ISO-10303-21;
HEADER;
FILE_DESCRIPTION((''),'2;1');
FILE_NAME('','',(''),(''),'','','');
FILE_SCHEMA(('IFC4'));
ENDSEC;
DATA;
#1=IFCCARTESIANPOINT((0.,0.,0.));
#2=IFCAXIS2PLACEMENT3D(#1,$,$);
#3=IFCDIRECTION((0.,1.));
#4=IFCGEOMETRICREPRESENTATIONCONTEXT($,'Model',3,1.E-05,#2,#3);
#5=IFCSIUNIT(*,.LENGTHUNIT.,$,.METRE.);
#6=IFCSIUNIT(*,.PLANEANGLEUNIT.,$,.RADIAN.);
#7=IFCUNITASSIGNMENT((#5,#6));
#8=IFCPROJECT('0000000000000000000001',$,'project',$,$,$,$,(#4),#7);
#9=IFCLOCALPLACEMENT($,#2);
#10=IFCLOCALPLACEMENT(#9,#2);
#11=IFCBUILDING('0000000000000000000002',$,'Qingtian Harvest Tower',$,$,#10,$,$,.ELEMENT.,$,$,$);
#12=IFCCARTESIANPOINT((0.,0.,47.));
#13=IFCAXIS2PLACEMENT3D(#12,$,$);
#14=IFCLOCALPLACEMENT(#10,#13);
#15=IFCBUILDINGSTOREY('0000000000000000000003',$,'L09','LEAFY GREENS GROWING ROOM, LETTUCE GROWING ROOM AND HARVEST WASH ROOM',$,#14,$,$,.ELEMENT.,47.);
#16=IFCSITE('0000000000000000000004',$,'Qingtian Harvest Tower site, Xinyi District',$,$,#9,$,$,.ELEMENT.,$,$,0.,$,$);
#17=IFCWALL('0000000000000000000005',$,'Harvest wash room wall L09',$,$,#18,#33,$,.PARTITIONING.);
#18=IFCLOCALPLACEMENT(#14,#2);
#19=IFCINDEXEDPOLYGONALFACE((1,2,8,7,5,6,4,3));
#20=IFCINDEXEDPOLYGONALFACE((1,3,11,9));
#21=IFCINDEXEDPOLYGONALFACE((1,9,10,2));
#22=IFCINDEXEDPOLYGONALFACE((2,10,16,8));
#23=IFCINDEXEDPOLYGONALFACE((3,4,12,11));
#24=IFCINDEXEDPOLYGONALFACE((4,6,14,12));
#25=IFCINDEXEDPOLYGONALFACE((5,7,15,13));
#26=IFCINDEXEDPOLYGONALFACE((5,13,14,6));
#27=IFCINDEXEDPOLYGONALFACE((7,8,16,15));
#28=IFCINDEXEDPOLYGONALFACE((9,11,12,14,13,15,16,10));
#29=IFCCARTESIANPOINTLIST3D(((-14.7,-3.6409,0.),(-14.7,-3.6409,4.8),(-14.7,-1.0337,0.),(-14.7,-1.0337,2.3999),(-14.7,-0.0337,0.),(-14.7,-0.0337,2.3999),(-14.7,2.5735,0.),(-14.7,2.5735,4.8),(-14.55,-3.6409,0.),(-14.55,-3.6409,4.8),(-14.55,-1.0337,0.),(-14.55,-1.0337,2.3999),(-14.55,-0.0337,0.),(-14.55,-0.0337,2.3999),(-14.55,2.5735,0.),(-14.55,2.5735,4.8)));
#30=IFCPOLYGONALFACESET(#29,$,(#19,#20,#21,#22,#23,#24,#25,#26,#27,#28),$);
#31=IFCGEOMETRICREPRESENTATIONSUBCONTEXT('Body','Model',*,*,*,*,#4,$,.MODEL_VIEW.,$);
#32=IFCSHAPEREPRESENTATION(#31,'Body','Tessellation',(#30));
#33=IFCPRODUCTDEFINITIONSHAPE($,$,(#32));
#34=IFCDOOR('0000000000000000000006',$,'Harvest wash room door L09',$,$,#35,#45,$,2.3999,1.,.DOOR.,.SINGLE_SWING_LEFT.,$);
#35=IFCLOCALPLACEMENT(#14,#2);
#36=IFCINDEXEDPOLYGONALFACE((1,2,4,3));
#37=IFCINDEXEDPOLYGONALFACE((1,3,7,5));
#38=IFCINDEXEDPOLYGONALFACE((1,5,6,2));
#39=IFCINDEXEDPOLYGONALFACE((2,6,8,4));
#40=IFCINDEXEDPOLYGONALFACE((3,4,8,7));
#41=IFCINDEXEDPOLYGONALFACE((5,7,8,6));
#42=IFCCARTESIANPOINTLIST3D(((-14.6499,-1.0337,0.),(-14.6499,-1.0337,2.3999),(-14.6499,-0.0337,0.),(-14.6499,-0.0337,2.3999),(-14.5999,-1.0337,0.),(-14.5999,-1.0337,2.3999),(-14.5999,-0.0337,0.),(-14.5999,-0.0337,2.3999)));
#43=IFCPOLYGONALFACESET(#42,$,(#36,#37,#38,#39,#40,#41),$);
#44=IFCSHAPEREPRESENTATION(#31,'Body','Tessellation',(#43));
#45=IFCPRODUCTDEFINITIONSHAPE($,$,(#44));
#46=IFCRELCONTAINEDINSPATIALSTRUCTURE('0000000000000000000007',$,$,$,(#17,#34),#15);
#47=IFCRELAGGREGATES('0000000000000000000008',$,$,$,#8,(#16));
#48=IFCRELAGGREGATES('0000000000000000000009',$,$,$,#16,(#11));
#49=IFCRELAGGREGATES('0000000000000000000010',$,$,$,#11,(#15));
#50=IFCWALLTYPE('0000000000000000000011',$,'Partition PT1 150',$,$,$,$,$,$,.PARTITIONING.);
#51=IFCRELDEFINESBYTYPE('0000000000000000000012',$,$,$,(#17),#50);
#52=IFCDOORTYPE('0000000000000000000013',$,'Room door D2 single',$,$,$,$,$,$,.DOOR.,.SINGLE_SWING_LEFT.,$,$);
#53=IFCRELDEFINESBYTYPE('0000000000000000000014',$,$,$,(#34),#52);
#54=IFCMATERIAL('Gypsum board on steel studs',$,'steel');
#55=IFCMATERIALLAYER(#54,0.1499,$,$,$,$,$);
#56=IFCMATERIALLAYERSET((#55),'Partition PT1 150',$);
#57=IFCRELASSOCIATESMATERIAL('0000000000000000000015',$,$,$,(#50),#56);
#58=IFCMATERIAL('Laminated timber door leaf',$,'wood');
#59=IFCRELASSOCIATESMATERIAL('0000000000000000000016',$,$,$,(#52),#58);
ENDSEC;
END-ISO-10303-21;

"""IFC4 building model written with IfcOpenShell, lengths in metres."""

from ifc_helpers import new_model, si_unit, direction, frame, frame_2d, origin, place, context, subcontext, project, spatial, rectangle, extrude, material, layer, layer_set, type_object, element, fill, save


model = new_model("IFC4")

# Units and contexts
model_context = context("Model", 3, precision=1e-05, world=origin(), true_north=direction((0.0, 1.0)))
body_context = subcontext(model_context, "Body", "Model", "MODEL_VIEW")
ifc_project = project(units=[si_unit("LENGTHUNIT", "METRE"), si_unit("PLANEANGLEUNIT", "RADIAN")], contexts=[model_context])

# Site, building, storey
site_placement = place(None, origin())
site = spatial("IfcSite", under=ifc_project, at=site_placement, Name="Qingtian Harvest Tower site, Xinyi District", CompositionType="ELEMENT", RefElevation=0.0)
building_placement = place(site_placement, origin())
building = spatial("IfcBuilding", under=site, at=building_placement, Name="Qingtian Harvest Tower", CompositionType="ELEMENT")
storey_placement = place(building_placement, frame((0.0, 0.0, 47.0)))
storey = spatial("IfcBuildingStorey", under=building, at=storey_placement, Name="L09", Description="LEAFY GREENS GROWING ROOM, LETTUCE GROWING ROOM AND HARVEST WASH ROOM", CompositionType="ELEMENT", Elevation=47.0)

# Wall, opening, door
ifc_material_1 = material(Name="Gypsum board on steel studs", Category="steel")
ifc_layer_1 = layer(ifc_material_1, 0.1499)
ifc_layer_set_1 = layer_set([ifc_layer_1], Name="Partition PT1 150")
wall_type_1 = type_object("IfcWallType", Name="Partition PT1 150", PredefinedType="PARTITIONING", material=ifc_layer_set_1)
wall_1_placement = place(storey_placement, frame((-14.625, -3.6409, 0.0), z_axis=(0.0, 0.0, 1.0), x_axis=(0.0, 1.0, 0.0)))
wall_1 = element("IfcWall", 1, at=wall_1_placement, inside=storey, type_object=wall_type_1, Name="Harvest wash room wall L09", PredefinedType="PARTITIONING", context=body_context, shape_type="SweptSolid", body=[
    extrude(rectangle(XDim=6.2144, YDim=0.1499, at=frame_2d((3.1072, 0.0))), origin(), (0.0, 0.0, 1.0), 4.8),
])
opening_1_placement = place(wall_1_placement, frame((2.6072, 0.0, 0.0)))
opening_1 = element("IfcOpeningElement", 2, at=opening_1_placement, cuts=wall_1, PredefinedType="OPENING", context=body_context, shape_type="SweptSolid", body=[
    extrude(rectangle(XDim=1.0, YDim=2.3999, at=frame_2d((0.5, 1.2))), frame((0.0, 0.085, 0.0), z_axis=(0.0, -1.0, 0.0), x_axis=(1.0, 0.0, 0.0)), (0.0, 0.0, 1.0), 0.1699),
])
ifc_material_2 = material(Name="Laminated timber door leaf", Category="wood")
door_type_1 = type_object("IfcDoorType", Name="Room door D2 single", OperationType="SINGLE_SWING_LEFT", PredefinedType="DOOR", material=ifc_material_2)
door_1_placement = place(opening_1_placement, origin())
door_1 = element("IfcDoor", 3, at=door_1_placement, inside=storey, type_object=door_type_1, Name="Harvest wash room door L09", OperationType="SINGLE_SWING_LEFT", OverallHeight=2.3999, OverallWidth=1.0, PredefinedType="DOOR", context=body_context, shape_type="SweptSolid", body=[
    extrude(rectangle(XDim=1.0, YDim=2.3999, at=frame_2d((0.5, 1.2))), frame((0.0, 0.0249, 0.0), z_axis=(0.0, -1.0, 0.0), x_axis=(1.0, 0.0, 0.0)), (0.0, 0.0, 1.0), 0.05),
])
fill(opening_1, door_1)

save(model, "model.ifc")
